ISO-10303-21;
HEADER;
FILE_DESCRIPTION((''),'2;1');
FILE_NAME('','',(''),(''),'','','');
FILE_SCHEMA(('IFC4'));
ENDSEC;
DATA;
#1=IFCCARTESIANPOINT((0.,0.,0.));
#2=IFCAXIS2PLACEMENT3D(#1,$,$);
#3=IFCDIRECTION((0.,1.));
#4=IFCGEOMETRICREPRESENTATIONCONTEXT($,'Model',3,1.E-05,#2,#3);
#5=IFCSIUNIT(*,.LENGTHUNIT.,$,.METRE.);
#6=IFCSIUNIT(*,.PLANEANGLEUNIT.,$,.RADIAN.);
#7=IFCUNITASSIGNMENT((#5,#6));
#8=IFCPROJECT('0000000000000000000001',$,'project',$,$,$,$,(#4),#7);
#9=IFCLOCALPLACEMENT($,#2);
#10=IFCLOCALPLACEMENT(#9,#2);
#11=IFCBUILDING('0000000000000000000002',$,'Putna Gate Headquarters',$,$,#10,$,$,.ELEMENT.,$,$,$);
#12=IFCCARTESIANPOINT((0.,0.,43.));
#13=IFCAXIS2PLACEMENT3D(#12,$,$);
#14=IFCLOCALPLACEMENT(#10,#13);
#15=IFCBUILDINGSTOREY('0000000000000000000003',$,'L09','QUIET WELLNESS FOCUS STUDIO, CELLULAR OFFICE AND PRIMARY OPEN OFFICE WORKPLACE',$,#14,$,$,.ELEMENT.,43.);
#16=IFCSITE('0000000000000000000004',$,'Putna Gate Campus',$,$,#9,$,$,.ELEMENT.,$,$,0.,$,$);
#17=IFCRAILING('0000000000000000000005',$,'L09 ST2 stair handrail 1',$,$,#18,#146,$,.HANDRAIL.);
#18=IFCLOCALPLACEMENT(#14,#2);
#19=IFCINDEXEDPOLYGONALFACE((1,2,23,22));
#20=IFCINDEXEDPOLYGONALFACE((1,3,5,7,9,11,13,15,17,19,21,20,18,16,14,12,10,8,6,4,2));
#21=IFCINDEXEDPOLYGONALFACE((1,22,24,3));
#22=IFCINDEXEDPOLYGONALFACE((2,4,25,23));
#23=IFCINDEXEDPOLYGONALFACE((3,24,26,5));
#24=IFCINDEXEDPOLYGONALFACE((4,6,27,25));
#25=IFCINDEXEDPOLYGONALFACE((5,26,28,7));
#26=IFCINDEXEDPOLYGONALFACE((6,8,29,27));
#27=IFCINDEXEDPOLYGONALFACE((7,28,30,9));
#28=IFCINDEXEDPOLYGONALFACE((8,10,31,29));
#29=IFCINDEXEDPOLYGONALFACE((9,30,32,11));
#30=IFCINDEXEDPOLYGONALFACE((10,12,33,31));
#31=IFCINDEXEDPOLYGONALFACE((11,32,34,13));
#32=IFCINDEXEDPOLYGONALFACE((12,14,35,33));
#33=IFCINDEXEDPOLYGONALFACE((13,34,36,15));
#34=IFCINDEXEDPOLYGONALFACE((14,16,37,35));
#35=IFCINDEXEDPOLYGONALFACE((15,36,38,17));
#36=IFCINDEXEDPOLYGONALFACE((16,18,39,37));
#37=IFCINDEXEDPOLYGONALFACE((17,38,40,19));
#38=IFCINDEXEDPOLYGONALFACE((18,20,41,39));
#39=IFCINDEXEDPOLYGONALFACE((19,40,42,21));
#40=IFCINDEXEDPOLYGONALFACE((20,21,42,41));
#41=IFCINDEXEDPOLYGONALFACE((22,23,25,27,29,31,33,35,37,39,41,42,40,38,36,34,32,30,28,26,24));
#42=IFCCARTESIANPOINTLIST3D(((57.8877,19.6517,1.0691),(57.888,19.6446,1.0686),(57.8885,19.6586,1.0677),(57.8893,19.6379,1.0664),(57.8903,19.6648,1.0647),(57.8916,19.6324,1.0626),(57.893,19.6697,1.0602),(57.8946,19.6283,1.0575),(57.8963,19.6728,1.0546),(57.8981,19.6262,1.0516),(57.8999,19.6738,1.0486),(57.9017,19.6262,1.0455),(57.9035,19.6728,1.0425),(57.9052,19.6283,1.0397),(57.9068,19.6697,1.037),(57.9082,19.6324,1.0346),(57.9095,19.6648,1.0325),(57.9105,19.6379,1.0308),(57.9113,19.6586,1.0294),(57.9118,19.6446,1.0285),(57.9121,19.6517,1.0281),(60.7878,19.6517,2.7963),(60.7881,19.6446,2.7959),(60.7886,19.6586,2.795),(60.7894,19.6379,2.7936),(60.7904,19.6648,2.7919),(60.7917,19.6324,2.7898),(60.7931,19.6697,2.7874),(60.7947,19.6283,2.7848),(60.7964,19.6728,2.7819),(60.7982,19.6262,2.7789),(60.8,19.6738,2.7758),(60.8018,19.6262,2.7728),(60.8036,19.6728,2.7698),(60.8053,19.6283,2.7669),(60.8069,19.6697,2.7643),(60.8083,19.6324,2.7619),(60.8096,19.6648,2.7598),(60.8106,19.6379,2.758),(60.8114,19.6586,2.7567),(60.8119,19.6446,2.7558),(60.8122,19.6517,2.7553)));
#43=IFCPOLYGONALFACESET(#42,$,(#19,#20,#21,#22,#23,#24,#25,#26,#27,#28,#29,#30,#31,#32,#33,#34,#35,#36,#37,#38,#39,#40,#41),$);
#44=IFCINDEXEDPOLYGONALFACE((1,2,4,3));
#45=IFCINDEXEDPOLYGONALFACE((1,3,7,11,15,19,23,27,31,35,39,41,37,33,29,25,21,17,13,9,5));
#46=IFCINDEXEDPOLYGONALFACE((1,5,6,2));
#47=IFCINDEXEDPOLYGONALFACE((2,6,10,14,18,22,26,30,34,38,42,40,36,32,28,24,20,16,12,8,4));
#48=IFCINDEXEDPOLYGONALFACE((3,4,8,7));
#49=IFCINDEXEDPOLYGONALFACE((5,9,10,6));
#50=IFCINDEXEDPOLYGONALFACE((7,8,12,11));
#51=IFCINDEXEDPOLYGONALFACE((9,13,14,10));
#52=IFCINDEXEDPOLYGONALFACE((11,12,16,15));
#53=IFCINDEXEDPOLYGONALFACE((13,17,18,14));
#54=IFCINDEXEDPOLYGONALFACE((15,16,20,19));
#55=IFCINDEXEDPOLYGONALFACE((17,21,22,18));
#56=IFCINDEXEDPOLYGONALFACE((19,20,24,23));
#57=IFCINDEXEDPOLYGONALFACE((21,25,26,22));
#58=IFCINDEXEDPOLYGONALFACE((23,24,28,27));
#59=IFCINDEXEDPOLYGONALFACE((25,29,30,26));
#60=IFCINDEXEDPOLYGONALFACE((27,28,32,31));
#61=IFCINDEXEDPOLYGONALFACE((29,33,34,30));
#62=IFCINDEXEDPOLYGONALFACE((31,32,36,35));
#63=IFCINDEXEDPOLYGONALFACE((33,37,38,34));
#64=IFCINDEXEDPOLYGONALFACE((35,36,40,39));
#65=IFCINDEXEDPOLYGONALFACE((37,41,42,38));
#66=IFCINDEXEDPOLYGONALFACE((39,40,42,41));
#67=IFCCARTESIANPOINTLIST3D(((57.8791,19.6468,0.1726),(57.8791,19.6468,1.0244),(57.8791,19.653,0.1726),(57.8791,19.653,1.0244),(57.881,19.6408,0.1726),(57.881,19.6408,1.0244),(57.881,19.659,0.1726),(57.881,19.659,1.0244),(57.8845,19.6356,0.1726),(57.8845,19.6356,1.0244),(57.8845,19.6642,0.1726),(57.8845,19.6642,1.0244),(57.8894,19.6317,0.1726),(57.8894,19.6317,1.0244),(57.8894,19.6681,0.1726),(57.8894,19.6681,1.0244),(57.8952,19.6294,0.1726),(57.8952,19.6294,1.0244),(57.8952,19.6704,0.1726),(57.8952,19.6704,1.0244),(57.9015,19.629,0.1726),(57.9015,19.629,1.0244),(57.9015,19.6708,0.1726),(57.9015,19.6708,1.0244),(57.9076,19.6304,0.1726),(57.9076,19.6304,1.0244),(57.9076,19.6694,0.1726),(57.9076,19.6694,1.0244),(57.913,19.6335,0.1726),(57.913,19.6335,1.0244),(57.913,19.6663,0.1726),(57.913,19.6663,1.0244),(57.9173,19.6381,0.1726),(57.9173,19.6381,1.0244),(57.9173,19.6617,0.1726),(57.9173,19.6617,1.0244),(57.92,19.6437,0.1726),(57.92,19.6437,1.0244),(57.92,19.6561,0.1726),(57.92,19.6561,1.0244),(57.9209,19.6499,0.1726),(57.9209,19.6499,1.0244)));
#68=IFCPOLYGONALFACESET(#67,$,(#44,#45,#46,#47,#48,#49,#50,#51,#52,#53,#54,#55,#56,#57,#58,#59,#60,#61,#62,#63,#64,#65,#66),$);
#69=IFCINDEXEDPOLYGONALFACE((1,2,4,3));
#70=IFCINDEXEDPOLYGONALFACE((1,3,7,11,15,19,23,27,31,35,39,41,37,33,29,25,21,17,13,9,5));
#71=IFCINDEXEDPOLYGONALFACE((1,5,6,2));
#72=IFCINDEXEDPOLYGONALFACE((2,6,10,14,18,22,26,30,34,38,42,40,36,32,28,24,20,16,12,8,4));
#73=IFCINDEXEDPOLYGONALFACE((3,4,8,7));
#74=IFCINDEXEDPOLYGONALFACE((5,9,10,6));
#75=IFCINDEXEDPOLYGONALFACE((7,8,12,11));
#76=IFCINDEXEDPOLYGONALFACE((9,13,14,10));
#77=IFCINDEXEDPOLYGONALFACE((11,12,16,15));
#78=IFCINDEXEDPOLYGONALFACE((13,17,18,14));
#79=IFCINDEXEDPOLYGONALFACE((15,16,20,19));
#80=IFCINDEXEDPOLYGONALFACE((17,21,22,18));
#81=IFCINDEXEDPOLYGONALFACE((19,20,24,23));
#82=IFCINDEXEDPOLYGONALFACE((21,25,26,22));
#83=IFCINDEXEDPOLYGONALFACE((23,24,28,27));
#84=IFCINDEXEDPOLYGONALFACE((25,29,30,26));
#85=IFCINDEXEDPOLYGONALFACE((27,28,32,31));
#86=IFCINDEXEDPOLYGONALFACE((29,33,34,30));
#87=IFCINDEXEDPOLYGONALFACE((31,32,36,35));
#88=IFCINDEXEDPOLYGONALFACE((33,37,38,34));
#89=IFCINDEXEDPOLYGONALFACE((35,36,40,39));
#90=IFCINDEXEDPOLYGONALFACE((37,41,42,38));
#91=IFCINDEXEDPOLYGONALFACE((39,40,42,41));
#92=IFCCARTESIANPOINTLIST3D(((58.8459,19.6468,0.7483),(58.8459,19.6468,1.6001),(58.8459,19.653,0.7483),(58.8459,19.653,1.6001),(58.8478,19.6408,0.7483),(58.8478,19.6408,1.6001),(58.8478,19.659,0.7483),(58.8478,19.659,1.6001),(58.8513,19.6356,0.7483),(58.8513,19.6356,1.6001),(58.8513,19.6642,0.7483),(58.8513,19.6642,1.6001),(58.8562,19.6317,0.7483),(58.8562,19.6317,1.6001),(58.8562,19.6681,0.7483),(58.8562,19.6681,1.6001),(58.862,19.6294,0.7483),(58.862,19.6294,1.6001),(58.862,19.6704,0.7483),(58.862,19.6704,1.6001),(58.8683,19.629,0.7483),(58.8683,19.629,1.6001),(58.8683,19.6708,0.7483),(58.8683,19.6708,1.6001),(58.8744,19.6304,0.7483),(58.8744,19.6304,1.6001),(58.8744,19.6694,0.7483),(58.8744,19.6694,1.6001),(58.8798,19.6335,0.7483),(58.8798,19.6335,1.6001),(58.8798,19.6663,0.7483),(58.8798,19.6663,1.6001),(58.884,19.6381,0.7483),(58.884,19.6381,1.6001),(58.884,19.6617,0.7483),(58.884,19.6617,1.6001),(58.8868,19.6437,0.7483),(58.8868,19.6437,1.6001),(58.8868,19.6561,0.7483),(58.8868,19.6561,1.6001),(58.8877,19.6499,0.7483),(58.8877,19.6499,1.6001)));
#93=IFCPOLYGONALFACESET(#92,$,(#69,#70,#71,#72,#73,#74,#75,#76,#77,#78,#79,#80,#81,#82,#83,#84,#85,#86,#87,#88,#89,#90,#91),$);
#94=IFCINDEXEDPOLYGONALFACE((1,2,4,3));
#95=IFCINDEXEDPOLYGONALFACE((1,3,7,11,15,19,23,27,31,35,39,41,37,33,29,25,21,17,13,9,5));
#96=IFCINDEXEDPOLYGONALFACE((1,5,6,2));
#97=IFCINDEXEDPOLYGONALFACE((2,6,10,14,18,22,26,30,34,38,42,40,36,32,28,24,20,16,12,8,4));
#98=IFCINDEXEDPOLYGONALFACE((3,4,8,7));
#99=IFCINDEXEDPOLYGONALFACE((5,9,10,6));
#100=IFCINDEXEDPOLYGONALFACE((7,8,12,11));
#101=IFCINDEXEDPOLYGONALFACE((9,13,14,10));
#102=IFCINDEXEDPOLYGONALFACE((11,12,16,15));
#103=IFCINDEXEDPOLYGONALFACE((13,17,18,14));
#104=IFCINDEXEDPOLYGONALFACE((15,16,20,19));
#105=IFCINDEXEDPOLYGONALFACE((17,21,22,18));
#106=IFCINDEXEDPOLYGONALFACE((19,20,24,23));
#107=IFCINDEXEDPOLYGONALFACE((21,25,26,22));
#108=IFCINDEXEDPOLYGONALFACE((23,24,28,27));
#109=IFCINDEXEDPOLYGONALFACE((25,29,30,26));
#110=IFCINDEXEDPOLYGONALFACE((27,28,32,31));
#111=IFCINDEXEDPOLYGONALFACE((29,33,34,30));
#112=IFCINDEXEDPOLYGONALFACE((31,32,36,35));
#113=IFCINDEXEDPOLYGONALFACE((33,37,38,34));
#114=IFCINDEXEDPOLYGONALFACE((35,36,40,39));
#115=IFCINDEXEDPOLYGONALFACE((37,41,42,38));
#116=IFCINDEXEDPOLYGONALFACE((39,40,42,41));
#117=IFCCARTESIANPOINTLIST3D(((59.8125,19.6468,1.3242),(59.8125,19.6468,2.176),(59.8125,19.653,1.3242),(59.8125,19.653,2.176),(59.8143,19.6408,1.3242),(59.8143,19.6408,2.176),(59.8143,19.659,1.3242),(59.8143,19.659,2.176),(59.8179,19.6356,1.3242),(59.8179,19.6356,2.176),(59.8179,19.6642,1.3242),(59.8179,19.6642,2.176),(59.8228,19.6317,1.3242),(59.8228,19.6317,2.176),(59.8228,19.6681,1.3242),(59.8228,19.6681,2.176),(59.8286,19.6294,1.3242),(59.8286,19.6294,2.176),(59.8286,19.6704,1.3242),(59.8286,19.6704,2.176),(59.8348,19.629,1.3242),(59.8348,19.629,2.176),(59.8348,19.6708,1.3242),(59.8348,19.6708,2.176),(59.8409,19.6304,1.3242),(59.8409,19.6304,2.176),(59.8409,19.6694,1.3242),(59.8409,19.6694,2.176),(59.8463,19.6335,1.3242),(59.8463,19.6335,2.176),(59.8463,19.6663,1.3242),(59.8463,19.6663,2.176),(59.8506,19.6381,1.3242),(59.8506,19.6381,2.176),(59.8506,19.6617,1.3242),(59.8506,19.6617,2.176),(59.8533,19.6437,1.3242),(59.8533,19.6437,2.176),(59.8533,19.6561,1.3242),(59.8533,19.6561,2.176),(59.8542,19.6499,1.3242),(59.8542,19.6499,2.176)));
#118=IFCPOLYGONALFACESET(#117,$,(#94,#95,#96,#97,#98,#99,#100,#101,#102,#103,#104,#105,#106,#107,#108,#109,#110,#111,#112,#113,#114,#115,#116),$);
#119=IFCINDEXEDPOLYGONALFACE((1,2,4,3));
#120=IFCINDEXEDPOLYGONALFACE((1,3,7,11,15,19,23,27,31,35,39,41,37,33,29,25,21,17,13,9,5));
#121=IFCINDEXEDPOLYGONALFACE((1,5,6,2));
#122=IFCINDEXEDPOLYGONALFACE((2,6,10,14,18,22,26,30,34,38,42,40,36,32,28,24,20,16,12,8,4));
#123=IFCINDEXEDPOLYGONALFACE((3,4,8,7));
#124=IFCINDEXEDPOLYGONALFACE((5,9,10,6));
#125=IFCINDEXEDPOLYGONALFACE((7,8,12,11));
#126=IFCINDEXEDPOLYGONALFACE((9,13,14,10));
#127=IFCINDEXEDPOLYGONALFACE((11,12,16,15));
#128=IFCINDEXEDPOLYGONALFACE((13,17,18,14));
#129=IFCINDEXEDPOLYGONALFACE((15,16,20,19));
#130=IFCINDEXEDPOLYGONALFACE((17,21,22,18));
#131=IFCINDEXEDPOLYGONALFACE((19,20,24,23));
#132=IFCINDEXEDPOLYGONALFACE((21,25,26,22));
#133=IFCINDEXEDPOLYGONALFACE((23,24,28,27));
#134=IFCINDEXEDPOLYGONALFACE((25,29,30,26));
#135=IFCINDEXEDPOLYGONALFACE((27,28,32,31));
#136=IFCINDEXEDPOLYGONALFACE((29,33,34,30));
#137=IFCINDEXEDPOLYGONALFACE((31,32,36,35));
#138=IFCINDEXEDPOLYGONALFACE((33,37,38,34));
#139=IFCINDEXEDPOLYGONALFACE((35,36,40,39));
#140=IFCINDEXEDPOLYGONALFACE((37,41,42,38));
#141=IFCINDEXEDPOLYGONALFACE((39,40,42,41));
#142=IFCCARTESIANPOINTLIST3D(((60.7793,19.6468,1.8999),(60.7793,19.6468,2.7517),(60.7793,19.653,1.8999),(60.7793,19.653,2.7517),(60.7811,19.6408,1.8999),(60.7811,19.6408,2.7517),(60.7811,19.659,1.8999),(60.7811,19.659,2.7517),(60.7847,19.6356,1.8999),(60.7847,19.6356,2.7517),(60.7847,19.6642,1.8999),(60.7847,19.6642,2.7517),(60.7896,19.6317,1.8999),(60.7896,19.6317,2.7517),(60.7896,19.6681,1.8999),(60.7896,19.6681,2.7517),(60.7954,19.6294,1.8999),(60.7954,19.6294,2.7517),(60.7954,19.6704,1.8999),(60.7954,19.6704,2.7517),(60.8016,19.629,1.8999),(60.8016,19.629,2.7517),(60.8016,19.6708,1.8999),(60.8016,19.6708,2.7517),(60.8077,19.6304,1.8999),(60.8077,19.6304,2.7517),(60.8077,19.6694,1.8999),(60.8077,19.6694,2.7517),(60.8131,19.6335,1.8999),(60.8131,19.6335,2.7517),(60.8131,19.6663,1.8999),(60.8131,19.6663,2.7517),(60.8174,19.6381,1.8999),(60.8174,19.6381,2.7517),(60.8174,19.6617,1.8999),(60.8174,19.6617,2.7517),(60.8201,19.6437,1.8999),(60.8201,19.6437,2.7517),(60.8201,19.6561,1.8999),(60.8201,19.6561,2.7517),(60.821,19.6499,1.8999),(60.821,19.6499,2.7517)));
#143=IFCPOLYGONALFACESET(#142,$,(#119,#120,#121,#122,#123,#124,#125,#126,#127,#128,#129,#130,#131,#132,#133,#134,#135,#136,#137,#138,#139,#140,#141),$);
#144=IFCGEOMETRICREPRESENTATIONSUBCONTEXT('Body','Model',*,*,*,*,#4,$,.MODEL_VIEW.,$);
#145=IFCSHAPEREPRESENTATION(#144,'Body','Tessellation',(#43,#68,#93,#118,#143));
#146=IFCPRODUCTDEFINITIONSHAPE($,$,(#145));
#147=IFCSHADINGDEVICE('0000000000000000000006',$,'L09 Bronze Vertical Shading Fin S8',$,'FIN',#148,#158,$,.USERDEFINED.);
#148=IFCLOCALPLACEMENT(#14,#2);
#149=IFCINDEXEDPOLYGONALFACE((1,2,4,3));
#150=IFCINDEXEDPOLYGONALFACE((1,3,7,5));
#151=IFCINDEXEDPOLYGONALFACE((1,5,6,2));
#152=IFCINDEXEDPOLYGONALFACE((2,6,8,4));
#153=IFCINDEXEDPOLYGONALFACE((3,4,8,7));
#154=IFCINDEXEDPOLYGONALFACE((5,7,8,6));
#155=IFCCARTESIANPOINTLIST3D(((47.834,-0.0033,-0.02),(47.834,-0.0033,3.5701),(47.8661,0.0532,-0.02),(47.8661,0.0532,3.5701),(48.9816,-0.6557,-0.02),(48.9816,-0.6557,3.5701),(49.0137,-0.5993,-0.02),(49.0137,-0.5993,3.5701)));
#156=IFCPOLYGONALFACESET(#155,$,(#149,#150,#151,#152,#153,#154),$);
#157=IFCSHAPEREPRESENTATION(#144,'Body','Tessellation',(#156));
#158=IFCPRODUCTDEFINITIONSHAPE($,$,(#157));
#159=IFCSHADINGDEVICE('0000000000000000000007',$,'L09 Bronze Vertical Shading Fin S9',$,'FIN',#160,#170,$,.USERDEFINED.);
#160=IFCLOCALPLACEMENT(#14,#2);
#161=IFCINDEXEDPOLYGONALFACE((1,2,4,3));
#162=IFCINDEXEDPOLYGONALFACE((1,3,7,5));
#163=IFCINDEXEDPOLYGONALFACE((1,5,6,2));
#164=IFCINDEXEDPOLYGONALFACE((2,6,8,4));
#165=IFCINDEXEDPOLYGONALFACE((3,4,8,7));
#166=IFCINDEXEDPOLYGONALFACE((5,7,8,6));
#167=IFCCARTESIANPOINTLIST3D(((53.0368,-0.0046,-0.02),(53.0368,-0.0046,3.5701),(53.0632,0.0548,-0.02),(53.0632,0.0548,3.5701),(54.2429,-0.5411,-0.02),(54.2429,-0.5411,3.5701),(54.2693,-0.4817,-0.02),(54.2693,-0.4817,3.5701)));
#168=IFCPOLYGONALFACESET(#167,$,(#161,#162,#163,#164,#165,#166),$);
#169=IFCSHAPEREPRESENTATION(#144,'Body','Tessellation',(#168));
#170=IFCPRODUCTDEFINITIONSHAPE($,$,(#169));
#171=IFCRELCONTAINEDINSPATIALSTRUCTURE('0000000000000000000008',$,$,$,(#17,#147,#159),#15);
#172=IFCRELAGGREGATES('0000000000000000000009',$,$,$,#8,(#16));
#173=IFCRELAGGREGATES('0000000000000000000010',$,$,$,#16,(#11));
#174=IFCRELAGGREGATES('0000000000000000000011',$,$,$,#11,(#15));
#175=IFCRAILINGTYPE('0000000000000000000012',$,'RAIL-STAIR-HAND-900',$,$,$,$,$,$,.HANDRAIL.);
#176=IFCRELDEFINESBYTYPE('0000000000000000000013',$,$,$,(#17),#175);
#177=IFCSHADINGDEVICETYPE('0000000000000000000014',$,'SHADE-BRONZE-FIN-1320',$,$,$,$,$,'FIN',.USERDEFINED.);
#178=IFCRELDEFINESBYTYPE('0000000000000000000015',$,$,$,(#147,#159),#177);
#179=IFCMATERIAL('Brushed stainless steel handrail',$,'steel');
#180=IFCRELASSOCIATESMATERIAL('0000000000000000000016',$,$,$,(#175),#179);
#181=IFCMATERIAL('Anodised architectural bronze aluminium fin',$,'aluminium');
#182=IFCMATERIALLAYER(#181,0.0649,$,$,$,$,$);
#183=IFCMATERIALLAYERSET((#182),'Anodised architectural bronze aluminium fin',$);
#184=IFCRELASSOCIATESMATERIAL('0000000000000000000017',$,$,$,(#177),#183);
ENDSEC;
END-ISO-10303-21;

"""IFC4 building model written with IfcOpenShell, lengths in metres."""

from ifc_helpers import new_model, si_unit, direction, frame, origin, origin_2d, place, context, subcontext, project, spatial, rectangle, circle, extrude, material, layer, layer_set, type_object, element, save


model = new_model("IFC4")

# Units and contexts
model_context = context("Model", 3, precision=1e-05, world=origin(), true_north=direction((0.0, 1.0)))
body_context = subcontext(model_context, "Body", "Model", "MODEL_VIEW")
ifc_project = project(units=[si_unit("LENGTHUNIT", "METRE"), si_unit("PLANEANGLEUNIT", "RADIAN")], contexts=[model_context])

# Site, building, storey
site_placement = place(None, origin())
site = spatial("IfcSite", under=ifc_project, at=site_placement, Name="Putna Gate Campus", CompositionType="ELEMENT", RefElevation=0.0)
building_placement = place(site_placement, origin())
building = spatial("IfcBuilding", under=site, at=building_placement, Name="Putna Gate Headquarters", CompositionType="ELEMENT")
storey_placement = place(building_placement, frame((0.0, 0.0, 43.0)))
storey = spatial("IfcBuildingStorey", under=building, at=storey_placement, Name="L09", Description="QUIET WELLNESS FOCUS STUDIO, CELLULAR OFFICE AND PRIMARY OPEN OFFICE WORKPLACE", CompositionType="ELEMENT", Elevation=43.0)

# Railing
ifc_material_1 = material(Name="Brushed stainless steel handrail", Category="steel")
railing_type_1 = type_object("IfcRailingType", Name="RAIL-STAIR-HAND-900", PredefinedType="HANDRAIL", material=ifc_material_1)
railing_1_placement = place(storey_placement, frame((57.8999, 19.6499, 0.1726)))
element("IfcRailing", 1, at=railing_1_placement, inside=storey, type_object=railing_type_1, Name="L09 ST2 stair handrail 1", PredefinedType="HANDRAIL", context=body_context, shape_type="SweptSolid", body=[
    extrude(circle(Radius=0.0239, at=origin_2d()), frame((0.0, 0.0, 0.876), z_axis=(0.85916, 0.0, 0.511706), x_axis=(0.0, 1.0, 0.0)), (0.0, 0.0, 1.0), 3.3755),
    extrude(circle(Radius=0.021, at=origin_2d()), origin(), (0.0, 0.0, 1.0), 0.8518),
    extrude(circle(Radius=0.021, at=origin_2d()), frame((0.9668, 0.0, 0.5757)), (0.0, 0.0, 1.0), 0.8518),
    extrude(circle(Radius=0.021, at=origin_2d()), frame((1.9333, 0.0, 1.1516)), (0.0, 0.0, 1.0), 0.8518),
    extrude(circle(Radius=0.021, at=origin_2d()), frame((2.9001, 0.0, 1.7273)), (0.0, 0.0, 1.0), 0.8518),
])

# Shading devices
ifc_material_2 = material(Name="Anodised architectural bronze aluminium fin", Category="aluminium")
ifc_layer_1 = layer(ifc_material_2, 0.0649)
ifc_layer_set_1 = layer_set([ifc_layer_1], Name="Anodised architectural bronze aluminium fin")
shading_device_type = type_object("IfcShadingDeviceType", Name="SHADE-BRONZE-FIN-1320", ElementType="FIN", PredefinedType="USERDEFINED", material=ifc_layer_set_1)
for number, where, z_axis, x_axis, name in (
    (2, (48.4238, -0.3013, -0.02), (0.0, 0.0, 1.0), (0.869322, -0.494245, 0.0), "L09 Bronze Vertical Shading Fin S8"),
    (3, (53.6531, -0.2432, -0.02), (0.0, 0.0, 1.0), (0.913687, -0.406418, 0.0), "L09 Bronze Vertical Shading Fin S9"),
):
    element("IfcShadingDevice", number, at=place(storey_placement, frame(where, z_axis=z_axis, x_axis=x_axis)), inside=storey, type_object=shading_device_type, Name=name, ObjectType="FIN", PredefinedType="USERDEFINED", context=body_context, shape_type="SweptSolid", body=[
        extrude(rectangle(XDim=1.3201, YDim=0.0649, at=origin_2d()), origin(), (0.0, 0.0, 1.0), 3.5901),
    ])

save(model, "model.ifc")
